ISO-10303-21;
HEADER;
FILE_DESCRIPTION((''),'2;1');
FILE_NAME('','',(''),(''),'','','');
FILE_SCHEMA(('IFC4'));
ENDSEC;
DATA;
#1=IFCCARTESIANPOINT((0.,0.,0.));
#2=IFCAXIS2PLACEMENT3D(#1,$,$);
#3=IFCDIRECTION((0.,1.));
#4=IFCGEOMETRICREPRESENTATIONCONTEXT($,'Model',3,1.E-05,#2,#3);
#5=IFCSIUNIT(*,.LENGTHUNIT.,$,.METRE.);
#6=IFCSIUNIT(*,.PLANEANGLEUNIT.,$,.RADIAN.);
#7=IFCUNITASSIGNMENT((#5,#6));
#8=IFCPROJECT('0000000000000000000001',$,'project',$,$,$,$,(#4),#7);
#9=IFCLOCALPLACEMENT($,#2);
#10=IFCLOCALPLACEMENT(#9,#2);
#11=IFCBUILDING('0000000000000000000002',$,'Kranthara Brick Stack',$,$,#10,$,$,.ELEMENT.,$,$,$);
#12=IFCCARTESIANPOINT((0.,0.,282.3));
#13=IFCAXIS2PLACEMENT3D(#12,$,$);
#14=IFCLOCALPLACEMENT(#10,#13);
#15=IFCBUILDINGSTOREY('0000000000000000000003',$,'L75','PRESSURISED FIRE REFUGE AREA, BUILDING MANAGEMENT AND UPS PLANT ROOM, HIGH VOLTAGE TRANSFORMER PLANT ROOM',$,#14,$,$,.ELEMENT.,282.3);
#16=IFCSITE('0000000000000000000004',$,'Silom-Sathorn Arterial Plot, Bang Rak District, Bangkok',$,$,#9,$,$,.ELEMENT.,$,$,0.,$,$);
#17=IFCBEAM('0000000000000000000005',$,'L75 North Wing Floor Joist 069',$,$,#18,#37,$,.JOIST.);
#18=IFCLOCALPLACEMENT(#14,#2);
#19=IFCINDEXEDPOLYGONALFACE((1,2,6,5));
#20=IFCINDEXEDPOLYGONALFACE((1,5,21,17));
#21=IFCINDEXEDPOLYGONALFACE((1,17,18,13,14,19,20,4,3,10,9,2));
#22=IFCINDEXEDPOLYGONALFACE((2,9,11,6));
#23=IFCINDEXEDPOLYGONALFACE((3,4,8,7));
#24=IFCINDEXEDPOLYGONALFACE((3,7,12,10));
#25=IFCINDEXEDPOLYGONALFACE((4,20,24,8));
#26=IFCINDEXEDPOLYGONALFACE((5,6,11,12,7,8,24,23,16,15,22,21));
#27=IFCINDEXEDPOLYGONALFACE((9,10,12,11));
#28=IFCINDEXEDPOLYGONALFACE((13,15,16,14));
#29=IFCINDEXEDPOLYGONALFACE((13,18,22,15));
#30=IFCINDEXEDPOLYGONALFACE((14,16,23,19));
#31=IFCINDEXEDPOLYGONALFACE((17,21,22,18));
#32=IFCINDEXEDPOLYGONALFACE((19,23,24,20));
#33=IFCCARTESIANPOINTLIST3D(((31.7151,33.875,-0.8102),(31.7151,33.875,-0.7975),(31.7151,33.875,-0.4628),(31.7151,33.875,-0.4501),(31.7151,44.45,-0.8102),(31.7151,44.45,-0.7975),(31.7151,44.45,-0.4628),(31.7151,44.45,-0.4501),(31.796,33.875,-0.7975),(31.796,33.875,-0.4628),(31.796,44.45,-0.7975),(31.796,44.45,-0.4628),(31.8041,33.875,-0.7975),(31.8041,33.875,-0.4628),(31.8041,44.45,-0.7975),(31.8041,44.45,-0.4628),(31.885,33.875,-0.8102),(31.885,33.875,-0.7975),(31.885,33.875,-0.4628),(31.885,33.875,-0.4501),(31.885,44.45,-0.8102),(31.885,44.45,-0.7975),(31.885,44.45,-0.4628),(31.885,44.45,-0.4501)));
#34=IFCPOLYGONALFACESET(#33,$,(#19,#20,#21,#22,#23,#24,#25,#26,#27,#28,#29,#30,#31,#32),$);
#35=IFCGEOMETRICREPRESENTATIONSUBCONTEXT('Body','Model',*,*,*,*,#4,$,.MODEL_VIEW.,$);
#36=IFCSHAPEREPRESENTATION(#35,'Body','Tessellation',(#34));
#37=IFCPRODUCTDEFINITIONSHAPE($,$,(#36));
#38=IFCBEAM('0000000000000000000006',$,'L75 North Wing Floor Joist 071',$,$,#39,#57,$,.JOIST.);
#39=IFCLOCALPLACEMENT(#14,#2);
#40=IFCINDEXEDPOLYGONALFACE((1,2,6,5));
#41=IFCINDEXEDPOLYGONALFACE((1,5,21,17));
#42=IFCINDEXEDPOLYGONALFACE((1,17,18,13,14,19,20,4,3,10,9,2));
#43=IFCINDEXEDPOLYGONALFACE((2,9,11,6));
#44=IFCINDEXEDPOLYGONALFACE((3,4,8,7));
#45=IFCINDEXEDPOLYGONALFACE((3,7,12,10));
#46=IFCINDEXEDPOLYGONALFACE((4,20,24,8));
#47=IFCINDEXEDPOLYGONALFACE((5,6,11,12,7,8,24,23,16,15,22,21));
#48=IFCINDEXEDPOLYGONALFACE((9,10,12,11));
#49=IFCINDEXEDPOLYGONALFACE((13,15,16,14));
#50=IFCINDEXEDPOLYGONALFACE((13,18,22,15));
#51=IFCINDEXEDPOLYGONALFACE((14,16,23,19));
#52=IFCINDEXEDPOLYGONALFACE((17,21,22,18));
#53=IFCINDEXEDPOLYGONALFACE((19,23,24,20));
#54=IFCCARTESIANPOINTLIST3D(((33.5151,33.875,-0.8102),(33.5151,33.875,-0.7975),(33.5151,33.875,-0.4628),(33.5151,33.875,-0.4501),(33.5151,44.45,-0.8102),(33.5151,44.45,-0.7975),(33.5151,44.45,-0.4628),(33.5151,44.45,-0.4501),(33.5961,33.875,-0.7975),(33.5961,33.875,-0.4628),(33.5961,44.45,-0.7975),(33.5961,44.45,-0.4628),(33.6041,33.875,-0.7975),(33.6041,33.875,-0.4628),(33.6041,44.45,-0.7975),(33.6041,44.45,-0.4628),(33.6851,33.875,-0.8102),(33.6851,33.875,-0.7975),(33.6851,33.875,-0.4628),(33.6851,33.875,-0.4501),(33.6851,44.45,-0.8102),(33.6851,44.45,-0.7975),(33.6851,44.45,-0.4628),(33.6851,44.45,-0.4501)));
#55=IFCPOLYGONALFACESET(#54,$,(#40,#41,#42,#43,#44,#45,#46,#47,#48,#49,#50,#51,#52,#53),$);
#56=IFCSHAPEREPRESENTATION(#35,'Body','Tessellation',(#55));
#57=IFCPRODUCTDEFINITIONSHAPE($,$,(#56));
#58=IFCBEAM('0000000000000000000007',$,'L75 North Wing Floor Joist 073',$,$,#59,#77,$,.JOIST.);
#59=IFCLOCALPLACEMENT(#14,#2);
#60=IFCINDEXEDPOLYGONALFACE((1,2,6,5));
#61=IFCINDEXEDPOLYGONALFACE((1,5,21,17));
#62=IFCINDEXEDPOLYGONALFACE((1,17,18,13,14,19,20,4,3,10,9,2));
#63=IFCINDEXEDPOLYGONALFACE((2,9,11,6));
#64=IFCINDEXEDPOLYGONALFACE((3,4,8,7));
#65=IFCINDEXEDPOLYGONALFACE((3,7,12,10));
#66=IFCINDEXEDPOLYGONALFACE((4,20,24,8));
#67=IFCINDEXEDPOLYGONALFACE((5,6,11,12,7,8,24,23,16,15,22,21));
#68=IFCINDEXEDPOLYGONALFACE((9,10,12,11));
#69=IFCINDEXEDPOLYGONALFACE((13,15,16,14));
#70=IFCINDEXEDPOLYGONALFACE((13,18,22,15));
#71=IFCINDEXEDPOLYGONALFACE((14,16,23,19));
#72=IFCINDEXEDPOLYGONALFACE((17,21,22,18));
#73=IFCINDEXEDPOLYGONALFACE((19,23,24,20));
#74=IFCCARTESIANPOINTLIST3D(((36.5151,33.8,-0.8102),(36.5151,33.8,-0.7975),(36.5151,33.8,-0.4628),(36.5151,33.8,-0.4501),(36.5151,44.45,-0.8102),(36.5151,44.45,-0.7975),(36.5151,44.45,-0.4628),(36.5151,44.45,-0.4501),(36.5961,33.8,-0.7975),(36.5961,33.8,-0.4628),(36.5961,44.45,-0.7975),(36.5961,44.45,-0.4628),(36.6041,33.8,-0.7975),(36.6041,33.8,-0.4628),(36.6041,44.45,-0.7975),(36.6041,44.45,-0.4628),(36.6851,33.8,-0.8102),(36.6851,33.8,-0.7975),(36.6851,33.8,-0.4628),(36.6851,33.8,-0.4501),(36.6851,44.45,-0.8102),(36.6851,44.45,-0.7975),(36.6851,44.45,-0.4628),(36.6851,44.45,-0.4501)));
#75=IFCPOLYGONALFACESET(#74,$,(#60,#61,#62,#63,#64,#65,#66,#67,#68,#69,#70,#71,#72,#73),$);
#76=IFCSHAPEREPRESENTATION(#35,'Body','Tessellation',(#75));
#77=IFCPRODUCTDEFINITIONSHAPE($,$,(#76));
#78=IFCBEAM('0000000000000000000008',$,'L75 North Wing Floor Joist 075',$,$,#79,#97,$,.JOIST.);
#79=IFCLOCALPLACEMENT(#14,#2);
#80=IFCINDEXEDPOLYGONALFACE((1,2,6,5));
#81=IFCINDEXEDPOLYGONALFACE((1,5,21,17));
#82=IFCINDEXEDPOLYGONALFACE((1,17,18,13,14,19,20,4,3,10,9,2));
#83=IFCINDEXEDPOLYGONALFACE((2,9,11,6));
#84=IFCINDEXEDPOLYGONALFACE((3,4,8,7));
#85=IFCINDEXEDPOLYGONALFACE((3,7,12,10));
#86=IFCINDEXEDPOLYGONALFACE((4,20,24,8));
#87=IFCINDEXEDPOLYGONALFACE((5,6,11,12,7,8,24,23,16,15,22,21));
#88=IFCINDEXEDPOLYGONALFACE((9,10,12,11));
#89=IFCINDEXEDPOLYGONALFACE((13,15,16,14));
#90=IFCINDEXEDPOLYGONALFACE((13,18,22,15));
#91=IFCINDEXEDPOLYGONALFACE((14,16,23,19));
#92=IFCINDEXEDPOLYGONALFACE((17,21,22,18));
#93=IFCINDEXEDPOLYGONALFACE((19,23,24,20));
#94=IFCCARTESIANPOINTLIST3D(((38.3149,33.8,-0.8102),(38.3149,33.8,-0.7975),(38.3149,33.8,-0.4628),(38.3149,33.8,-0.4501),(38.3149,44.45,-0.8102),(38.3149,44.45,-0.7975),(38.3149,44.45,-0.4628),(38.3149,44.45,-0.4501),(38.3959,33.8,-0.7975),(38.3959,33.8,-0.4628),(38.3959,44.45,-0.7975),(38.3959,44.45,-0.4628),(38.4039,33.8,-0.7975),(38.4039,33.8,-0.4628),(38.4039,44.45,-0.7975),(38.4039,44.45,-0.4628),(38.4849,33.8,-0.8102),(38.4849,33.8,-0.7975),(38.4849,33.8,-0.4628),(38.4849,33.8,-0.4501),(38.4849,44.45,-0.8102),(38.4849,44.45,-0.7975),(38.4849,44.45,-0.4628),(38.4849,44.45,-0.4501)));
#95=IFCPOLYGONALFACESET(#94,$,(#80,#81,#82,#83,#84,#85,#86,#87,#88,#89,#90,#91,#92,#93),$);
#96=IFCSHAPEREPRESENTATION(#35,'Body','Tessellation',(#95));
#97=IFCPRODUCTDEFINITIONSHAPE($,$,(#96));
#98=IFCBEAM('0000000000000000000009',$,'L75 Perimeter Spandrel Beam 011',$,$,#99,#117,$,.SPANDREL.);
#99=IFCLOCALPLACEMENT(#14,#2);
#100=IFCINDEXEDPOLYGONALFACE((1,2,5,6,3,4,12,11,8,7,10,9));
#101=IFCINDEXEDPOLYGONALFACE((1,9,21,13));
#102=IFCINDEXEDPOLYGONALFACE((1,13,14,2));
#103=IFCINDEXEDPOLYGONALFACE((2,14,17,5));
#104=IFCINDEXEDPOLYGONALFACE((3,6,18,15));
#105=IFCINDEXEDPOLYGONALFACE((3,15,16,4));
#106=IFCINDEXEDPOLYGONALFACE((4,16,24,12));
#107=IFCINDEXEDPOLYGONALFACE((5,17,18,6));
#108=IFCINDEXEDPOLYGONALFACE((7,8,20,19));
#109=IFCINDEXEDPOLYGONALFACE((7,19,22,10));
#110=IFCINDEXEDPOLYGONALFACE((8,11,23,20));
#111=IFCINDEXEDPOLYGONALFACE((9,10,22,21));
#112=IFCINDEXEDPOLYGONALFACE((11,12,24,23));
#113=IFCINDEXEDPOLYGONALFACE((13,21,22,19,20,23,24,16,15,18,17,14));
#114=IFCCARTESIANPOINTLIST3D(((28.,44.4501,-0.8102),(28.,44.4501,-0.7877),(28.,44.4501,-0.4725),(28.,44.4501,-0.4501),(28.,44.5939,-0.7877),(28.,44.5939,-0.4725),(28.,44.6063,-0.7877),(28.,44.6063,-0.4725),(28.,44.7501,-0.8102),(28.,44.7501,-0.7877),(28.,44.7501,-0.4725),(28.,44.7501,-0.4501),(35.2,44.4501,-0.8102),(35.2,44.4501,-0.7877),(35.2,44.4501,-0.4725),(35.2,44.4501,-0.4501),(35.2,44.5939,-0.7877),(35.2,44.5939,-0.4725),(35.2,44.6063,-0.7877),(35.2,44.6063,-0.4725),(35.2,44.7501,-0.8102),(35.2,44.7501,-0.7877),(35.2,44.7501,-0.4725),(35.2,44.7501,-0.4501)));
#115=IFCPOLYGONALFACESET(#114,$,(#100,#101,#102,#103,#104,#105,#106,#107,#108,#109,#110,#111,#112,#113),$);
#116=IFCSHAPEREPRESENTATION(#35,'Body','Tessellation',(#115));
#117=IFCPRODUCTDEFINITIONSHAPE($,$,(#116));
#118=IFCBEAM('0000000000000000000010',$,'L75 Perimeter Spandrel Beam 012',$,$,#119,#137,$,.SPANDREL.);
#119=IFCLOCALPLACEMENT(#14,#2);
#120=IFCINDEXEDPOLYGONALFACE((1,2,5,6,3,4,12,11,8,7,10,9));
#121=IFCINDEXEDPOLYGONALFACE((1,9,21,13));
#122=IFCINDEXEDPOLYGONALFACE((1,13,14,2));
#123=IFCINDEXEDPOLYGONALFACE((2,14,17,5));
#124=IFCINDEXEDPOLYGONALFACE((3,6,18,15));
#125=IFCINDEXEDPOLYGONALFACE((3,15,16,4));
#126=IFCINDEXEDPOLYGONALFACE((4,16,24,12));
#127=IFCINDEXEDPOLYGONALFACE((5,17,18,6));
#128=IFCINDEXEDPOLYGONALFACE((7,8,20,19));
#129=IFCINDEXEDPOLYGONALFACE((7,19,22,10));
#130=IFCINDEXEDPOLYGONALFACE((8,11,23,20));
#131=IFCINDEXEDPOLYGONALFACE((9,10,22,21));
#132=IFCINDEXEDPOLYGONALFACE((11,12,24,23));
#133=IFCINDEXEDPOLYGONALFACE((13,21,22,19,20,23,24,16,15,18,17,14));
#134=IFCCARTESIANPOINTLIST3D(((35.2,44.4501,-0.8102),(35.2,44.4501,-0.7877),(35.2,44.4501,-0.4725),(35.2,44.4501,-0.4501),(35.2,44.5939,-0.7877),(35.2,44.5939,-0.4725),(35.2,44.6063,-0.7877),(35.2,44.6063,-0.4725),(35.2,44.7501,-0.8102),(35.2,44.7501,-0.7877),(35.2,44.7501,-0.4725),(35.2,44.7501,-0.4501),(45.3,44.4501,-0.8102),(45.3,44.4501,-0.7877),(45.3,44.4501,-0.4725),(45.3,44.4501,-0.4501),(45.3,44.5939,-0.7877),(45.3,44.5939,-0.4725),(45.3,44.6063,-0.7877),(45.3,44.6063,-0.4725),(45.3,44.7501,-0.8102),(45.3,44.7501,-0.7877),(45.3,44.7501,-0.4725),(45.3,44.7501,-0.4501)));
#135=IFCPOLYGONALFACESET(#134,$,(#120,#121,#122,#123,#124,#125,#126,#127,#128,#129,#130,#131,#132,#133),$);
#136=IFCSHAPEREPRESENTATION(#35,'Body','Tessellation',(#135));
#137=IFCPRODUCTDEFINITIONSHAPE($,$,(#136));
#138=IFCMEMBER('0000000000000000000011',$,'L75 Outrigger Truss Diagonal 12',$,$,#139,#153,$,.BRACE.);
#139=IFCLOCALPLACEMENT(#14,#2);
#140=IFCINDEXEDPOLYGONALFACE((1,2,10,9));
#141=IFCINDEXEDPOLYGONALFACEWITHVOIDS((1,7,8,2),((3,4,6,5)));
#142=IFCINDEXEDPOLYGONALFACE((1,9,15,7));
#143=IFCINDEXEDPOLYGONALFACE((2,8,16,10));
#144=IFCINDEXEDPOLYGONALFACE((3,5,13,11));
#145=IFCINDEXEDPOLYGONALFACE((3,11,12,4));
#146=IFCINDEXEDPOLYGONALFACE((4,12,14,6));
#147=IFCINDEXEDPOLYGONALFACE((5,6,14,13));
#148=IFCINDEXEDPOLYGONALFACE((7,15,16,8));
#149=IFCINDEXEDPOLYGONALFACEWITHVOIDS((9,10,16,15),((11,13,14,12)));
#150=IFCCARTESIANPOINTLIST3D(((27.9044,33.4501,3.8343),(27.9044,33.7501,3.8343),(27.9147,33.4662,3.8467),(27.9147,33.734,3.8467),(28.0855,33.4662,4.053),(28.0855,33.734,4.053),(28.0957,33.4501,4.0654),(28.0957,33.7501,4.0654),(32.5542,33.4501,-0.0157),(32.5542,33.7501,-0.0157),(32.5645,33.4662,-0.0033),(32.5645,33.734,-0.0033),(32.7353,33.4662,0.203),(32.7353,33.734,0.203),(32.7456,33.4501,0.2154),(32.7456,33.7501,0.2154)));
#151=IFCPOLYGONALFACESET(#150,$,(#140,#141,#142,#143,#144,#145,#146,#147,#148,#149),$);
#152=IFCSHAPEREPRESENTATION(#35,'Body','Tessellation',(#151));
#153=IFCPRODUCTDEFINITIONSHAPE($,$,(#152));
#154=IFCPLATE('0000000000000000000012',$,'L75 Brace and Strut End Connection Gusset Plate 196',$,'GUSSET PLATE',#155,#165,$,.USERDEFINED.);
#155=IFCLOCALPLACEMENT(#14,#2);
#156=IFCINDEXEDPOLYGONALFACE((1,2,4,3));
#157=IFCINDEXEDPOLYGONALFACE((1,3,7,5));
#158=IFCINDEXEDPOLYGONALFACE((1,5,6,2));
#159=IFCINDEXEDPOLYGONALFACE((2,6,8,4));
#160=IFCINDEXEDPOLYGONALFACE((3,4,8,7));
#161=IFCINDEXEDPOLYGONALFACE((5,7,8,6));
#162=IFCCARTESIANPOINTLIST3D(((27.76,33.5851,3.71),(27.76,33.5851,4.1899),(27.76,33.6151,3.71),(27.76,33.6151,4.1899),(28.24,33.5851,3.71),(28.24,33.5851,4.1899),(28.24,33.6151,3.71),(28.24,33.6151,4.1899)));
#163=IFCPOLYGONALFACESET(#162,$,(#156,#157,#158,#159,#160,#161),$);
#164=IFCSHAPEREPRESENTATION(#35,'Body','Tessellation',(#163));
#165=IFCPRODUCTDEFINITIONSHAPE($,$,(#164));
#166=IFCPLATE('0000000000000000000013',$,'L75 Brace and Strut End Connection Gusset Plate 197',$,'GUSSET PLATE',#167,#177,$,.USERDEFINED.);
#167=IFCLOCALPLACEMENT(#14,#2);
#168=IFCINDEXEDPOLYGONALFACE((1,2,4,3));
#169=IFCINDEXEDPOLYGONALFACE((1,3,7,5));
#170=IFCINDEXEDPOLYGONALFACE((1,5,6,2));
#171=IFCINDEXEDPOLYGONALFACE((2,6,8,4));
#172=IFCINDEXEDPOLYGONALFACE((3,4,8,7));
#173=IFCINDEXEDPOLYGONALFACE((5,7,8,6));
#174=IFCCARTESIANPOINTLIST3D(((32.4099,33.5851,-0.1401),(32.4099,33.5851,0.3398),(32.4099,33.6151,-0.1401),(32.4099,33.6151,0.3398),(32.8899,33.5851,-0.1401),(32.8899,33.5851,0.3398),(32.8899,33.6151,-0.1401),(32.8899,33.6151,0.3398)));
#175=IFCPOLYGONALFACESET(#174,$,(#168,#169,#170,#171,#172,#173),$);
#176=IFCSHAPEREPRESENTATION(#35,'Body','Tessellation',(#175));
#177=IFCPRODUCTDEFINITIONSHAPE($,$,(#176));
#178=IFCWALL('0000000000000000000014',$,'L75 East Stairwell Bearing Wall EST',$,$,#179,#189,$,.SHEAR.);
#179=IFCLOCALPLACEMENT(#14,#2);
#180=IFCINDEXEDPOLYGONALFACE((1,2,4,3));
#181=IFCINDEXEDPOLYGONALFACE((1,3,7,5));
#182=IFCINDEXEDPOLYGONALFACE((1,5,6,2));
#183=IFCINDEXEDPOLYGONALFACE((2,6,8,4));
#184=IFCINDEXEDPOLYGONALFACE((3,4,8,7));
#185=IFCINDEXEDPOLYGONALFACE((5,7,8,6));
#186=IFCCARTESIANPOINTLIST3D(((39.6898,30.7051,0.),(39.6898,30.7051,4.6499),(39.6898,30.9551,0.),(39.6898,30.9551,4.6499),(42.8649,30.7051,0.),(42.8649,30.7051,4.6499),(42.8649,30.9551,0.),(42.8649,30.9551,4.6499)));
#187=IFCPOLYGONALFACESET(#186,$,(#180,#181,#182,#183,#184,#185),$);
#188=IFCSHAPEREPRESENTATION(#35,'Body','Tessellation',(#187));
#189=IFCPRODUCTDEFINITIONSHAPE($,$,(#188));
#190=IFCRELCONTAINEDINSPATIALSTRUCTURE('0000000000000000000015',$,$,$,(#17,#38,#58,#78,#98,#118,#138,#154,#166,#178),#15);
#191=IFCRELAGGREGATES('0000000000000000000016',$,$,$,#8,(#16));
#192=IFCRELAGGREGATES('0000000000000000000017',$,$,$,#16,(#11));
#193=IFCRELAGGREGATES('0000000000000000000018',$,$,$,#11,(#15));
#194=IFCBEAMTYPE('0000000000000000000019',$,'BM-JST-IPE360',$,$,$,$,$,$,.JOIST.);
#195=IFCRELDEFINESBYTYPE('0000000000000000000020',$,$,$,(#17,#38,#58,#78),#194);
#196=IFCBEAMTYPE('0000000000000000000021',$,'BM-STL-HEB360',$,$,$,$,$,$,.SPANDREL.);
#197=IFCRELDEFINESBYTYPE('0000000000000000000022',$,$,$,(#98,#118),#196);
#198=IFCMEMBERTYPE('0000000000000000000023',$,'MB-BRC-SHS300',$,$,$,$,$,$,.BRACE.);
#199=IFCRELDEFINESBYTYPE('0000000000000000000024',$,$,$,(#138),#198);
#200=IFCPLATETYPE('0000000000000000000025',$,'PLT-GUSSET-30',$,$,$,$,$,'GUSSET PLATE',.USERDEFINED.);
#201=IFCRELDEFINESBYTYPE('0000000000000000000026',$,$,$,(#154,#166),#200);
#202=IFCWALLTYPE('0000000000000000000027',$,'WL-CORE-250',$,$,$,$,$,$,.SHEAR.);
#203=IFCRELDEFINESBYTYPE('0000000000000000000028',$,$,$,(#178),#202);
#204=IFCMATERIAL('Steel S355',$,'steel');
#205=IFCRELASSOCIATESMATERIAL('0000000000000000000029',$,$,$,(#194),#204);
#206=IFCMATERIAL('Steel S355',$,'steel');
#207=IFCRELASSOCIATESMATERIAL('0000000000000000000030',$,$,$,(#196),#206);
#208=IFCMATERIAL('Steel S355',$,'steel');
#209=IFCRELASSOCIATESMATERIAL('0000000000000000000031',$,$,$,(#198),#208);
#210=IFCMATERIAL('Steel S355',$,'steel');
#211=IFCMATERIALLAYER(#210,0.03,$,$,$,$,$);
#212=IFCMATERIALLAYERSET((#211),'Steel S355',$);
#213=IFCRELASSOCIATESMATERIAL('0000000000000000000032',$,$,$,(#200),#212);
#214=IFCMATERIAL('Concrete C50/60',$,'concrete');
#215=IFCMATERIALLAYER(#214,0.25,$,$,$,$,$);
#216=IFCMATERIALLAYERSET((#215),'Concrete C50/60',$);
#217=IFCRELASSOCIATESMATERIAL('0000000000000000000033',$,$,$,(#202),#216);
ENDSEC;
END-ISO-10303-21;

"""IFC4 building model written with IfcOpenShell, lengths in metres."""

from ifc_helpers import new_model, si_unit, direction, frame, frame_2d, origin, origin_2d, place, context, subcontext, project, spatial, rectangle, hollow_rectangle, i_section, extrude, material, layer, layer_set, material_profile, profile_set, type_object, element, save


model = new_model("IFC4")

# Units and contexts
model_context = context("Model", 3, precision=1e-05, world=origin(), true_north=direction((0.0, 1.0)))
body_context = subcontext(model_context, "Body", "Model", "MODEL_VIEW")
ifc_project = project(units=[si_unit("LENGTHUNIT", "METRE"), si_unit("PLANEANGLEUNIT", "RADIAN")], contexts=[model_context])

# Site, building, storey
site_placement = place(None, origin())
site = spatial("IfcSite", under=ifc_project, at=site_placement, Name="Silom-Sathorn Arterial Plot, Bang Rak District, Bangkok", CompositionType="ELEMENT", RefElevation=0.0)
building_placement = place(site_placement, origin())
building = spatial("IfcBuilding", under=site, at=building_placement, Name="Kranthara Brick Stack", CompositionType="ELEMENT")
storey_placement = place(building_placement, frame((0.0, 0.0, 282.3)))
storey = spatial("IfcBuildingStorey", under=building, at=storey_placement, Name="L75", Description="PRESSURISED FIRE REFUGE AREA, BUILDING MANAGEMENT AND UPS PLANT ROOM, HIGH VOLTAGE TRANSFORMER PLANT ROOM", CompositionType="ELEMENT", Elevation=282.3)

# Beams
ifc_material_1 = material(Name="Steel S355", Category="steel")
ifc_material_profile_1 = material_profile(ifc_material_1, i_section(OverallWidth=0.1699, OverallDepth=0.3601, WebThickness=0.0081, FlangeThickness=0.0127, at=origin_2d()), Name="IPE 360")
ifc_profile_set_1 = profile_set([ifc_material_profile_1], Name="Steel S355")
beam_type_1 = type_object("IfcBeamType", Name="BM-JST-IPE360", PredefinedType="JOIST", material=ifc_profile_set_1)
for number, where, z_axis, x_axis, name in (
    (1, (31.8, 33.875, -0.6301), (0.0, 1.0, 0.0), (-1.0, 0.0, 0.0), "L75 North Wing Floor Joist 069"),
    (2, (33.6001, 33.875, -0.6301), (0.0, 1.0, 0.0), (-1.0, 0.0, 0.0), "L75 North Wing Floor Joist 071"),
):
    element("IfcBeam", number, at=place(storey_placement, frame(where, z_axis=z_axis, x_axis=x_axis)), inside=storey, type_object=beam_type_1, Name=name, PredefinedType="JOIST", context=body_context, shape_type="SweptSolid", body=[
        extrude(i_section(OverallWidth=0.1699, OverallDepth=0.3601, WebThickness=0.0081, FlangeThickness=0.0127, at=origin_2d()), origin(), (0.0, 0.0, 1.0), 10.575),
    ])
for number, where, z_axis, x_axis, name in (
    (3, (36.6001, 33.8, -0.6301), (0.0, 1.0, 0.0), (-1.0, 0.0, 0.0), "L75 North Wing Floor Joist 073"),
    (4, (38.3999, 33.8, -0.6301), (0.0, 1.0, 0.0), (-1.0, 0.0, 0.0), "L75 North Wing Floor Joist 075"),
):
    element("IfcBeam", number, at=place(storey_placement, frame(where, z_axis=z_axis, x_axis=x_axis)), inside=storey, type_object=beam_type_1, Name=name, PredefinedType="JOIST", context=body_context, shape_type="SweptSolid", body=[
        extrude(i_section(OverallWidth=0.1699, OverallDepth=0.3601, WebThickness=0.0081, FlangeThickness=0.0127, at=origin_2d()), origin(), (0.0, 0.0, 1.0), 10.6499),
    ])
ifc_material_2 = material(Name="Steel S355", Category="steel")
ifc_material_profile_2 = material_profile(ifc_material_2, i_section(OverallWidth=0.3, OverallDepth=0.3601, WebThickness=0.0125, FlangeThickness=0.0225, at=origin_2d()), Name="HEB 360")
ifc_profile_set_2 = profile_set([ifc_material_profile_2], Name="Steel S355")
beam_type_2 = type_object("IfcBeamType", Name="BM-STL-HEB360", PredefinedType="SPANDREL", material=ifc_profile_set_2)
beam_1_placement = place(storey_placement, frame((28.0, 44.6001, -0.6301), z_axis=(1.0, 0.0, 0.0), x_axis=(0.0, 1.0, 0.0)))
element("IfcBeam", 5, at=beam_1_placement, inside=storey, type_object=beam_type_2, Name="L75 Perimeter Spandrel Beam 011", PredefinedType="SPANDREL", context=body_context, shape_type="SweptSolid", body=[
    extrude(i_section(OverallWidth=0.3, OverallDepth=0.3601, WebThickness=0.0125, FlangeThickness=0.0225, at=origin_2d()), origin(), (0.0, 0.0, 1.0), 7.2),
])
beam_2_placement = place(storey_placement, frame((35.2, 44.6001, -0.6301), z_axis=(1.0, 0.0, 0.0), x_axis=(0.0, 1.0, 0.0)))
element("IfcBeam", 6, at=beam_2_placement, inside=storey, type_object=beam_type_2, Name="L75 Perimeter Spandrel Beam 012", PredefinedType="SPANDREL", context=body_context, shape_type="SweptSolid", body=[
    extrude(i_section(OverallWidth=0.3, OverallDepth=0.3601, WebThickness=0.0125, FlangeThickness=0.0225, at=origin_2d()), origin(), (0.0, 0.0, 1.0), 10.1001),
])

# Member
ifc_material_3 = material(Name="Steel S355", Category="steel")
ifc_material_profile_3 = material_profile(ifc_material_3, hollow_rectangle(XDim=0.3, YDim=0.3, WallThickness=0.0161, at=origin_2d()), Name="SHS 300x300x16")
ifc_profile_set_3 = profile_set([ifc_material_profile_3], Name="Steel S355")
member_type = type_object("IfcMemberType", Name="MB-BRC-SHS300", PredefinedType="BRACE", material=ifc_profile_set_3)
member_placement = place(storey_placement, frame((32.6499, 33.6001, 0.0999), z_axis=(-0.770239, 0.0, 0.637755), x_axis=(0.0, -1.0, 0.0)))
element("IfcMember", 7, at=member_placement, inside=storey, type_object=member_type, Name="L75 Outrigger Truss Diagonal 12", PredefinedType="BRACE", context=body_context, shape_type="SweptSolid", body=[
    extrude(hollow_rectangle(XDim=0.3, YDim=0.3, WallThickness=0.0161, at=origin_2d()), origin(), (0.0, 0.0, 1.0), 6.0369),
])

# Plates
ifc_material_4 = material(Name="Steel S355", Category="steel")
ifc_layer_1 = layer(ifc_material_4, 0.03)
ifc_layer_set_1 = layer_set([ifc_layer_1], Name="Steel S355")
plate_type = type_object("IfcPlateType", Name="PLT-GUSSET-30", ElementType="GUSSET PLATE", PredefinedType="USERDEFINED", material=ifc_layer_set_1)
for number, where, z_axis, x_axis, name in (
    (8, (28.0, 33.6001, 3.71), (0.0, 0.0, 1.0), (1.0, 0.0, 0.0), "L75 Brace and Strut End Connection Gusset Plate 196"),
    (9, (32.6499, 33.6001, -0.1401), (0.0, 0.0, 1.0), (1.0, 0.0, 0.0), "L75 Brace and Strut End Connection Gusset Plate 197"),
):
    element("IfcPlate", number, at=place(storey_placement, frame(where, z_axis=z_axis, x_axis=x_axis)), inside=storey, type_object=plate_type, Name=name, ObjectType="GUSSET PLATE", PredefinedType="USERDEFINED", context=body_context, shape_type="SweptSolid", body=[
        extrude(rectangle(XDim=0.48, YDim=0.03, at=origin_2d()), origin(), (0.0, 0.0, 1.0), 0.48),
    ])

# Wall
ifc_material_5 = material(Name="Concrete C50/60", Category="concrete")
ifc_layer_2 = layer(ifc_material_5, 0.25)
ifc_layer_set_2 = layer_set([ifc_layer_2], Name="Concrete C50/60")
wall_type_1 = type_object("IfcWallType", Name="WL-CORE-250", PredefinedType="SHEAR", material=ifc_layer_set_2)
wall_1_placement = place(storey_placement, frame((39.6899, 30.8301, 0.0), z_axis=(0.0, 0.0, 1.0), x_axis=(1.0, 0.0, 0.0)))
element("IfcWall", 10, at=wall_1_placement, inside=storey, type_object=wall_type_1, Name="L75 East Stairwell Bearing Wall EST", PredefinedType="SHEAR", context=body_context, shape_type="SweptSolid", body=[
    extrude(rectangle(XDim=3.175, YDim=0.25, at=frame_2d((1.5874, 0.0))), origin(), (0.0, 0.0, 1.0), 4.6499),
])

save(model, "model.ifc")
